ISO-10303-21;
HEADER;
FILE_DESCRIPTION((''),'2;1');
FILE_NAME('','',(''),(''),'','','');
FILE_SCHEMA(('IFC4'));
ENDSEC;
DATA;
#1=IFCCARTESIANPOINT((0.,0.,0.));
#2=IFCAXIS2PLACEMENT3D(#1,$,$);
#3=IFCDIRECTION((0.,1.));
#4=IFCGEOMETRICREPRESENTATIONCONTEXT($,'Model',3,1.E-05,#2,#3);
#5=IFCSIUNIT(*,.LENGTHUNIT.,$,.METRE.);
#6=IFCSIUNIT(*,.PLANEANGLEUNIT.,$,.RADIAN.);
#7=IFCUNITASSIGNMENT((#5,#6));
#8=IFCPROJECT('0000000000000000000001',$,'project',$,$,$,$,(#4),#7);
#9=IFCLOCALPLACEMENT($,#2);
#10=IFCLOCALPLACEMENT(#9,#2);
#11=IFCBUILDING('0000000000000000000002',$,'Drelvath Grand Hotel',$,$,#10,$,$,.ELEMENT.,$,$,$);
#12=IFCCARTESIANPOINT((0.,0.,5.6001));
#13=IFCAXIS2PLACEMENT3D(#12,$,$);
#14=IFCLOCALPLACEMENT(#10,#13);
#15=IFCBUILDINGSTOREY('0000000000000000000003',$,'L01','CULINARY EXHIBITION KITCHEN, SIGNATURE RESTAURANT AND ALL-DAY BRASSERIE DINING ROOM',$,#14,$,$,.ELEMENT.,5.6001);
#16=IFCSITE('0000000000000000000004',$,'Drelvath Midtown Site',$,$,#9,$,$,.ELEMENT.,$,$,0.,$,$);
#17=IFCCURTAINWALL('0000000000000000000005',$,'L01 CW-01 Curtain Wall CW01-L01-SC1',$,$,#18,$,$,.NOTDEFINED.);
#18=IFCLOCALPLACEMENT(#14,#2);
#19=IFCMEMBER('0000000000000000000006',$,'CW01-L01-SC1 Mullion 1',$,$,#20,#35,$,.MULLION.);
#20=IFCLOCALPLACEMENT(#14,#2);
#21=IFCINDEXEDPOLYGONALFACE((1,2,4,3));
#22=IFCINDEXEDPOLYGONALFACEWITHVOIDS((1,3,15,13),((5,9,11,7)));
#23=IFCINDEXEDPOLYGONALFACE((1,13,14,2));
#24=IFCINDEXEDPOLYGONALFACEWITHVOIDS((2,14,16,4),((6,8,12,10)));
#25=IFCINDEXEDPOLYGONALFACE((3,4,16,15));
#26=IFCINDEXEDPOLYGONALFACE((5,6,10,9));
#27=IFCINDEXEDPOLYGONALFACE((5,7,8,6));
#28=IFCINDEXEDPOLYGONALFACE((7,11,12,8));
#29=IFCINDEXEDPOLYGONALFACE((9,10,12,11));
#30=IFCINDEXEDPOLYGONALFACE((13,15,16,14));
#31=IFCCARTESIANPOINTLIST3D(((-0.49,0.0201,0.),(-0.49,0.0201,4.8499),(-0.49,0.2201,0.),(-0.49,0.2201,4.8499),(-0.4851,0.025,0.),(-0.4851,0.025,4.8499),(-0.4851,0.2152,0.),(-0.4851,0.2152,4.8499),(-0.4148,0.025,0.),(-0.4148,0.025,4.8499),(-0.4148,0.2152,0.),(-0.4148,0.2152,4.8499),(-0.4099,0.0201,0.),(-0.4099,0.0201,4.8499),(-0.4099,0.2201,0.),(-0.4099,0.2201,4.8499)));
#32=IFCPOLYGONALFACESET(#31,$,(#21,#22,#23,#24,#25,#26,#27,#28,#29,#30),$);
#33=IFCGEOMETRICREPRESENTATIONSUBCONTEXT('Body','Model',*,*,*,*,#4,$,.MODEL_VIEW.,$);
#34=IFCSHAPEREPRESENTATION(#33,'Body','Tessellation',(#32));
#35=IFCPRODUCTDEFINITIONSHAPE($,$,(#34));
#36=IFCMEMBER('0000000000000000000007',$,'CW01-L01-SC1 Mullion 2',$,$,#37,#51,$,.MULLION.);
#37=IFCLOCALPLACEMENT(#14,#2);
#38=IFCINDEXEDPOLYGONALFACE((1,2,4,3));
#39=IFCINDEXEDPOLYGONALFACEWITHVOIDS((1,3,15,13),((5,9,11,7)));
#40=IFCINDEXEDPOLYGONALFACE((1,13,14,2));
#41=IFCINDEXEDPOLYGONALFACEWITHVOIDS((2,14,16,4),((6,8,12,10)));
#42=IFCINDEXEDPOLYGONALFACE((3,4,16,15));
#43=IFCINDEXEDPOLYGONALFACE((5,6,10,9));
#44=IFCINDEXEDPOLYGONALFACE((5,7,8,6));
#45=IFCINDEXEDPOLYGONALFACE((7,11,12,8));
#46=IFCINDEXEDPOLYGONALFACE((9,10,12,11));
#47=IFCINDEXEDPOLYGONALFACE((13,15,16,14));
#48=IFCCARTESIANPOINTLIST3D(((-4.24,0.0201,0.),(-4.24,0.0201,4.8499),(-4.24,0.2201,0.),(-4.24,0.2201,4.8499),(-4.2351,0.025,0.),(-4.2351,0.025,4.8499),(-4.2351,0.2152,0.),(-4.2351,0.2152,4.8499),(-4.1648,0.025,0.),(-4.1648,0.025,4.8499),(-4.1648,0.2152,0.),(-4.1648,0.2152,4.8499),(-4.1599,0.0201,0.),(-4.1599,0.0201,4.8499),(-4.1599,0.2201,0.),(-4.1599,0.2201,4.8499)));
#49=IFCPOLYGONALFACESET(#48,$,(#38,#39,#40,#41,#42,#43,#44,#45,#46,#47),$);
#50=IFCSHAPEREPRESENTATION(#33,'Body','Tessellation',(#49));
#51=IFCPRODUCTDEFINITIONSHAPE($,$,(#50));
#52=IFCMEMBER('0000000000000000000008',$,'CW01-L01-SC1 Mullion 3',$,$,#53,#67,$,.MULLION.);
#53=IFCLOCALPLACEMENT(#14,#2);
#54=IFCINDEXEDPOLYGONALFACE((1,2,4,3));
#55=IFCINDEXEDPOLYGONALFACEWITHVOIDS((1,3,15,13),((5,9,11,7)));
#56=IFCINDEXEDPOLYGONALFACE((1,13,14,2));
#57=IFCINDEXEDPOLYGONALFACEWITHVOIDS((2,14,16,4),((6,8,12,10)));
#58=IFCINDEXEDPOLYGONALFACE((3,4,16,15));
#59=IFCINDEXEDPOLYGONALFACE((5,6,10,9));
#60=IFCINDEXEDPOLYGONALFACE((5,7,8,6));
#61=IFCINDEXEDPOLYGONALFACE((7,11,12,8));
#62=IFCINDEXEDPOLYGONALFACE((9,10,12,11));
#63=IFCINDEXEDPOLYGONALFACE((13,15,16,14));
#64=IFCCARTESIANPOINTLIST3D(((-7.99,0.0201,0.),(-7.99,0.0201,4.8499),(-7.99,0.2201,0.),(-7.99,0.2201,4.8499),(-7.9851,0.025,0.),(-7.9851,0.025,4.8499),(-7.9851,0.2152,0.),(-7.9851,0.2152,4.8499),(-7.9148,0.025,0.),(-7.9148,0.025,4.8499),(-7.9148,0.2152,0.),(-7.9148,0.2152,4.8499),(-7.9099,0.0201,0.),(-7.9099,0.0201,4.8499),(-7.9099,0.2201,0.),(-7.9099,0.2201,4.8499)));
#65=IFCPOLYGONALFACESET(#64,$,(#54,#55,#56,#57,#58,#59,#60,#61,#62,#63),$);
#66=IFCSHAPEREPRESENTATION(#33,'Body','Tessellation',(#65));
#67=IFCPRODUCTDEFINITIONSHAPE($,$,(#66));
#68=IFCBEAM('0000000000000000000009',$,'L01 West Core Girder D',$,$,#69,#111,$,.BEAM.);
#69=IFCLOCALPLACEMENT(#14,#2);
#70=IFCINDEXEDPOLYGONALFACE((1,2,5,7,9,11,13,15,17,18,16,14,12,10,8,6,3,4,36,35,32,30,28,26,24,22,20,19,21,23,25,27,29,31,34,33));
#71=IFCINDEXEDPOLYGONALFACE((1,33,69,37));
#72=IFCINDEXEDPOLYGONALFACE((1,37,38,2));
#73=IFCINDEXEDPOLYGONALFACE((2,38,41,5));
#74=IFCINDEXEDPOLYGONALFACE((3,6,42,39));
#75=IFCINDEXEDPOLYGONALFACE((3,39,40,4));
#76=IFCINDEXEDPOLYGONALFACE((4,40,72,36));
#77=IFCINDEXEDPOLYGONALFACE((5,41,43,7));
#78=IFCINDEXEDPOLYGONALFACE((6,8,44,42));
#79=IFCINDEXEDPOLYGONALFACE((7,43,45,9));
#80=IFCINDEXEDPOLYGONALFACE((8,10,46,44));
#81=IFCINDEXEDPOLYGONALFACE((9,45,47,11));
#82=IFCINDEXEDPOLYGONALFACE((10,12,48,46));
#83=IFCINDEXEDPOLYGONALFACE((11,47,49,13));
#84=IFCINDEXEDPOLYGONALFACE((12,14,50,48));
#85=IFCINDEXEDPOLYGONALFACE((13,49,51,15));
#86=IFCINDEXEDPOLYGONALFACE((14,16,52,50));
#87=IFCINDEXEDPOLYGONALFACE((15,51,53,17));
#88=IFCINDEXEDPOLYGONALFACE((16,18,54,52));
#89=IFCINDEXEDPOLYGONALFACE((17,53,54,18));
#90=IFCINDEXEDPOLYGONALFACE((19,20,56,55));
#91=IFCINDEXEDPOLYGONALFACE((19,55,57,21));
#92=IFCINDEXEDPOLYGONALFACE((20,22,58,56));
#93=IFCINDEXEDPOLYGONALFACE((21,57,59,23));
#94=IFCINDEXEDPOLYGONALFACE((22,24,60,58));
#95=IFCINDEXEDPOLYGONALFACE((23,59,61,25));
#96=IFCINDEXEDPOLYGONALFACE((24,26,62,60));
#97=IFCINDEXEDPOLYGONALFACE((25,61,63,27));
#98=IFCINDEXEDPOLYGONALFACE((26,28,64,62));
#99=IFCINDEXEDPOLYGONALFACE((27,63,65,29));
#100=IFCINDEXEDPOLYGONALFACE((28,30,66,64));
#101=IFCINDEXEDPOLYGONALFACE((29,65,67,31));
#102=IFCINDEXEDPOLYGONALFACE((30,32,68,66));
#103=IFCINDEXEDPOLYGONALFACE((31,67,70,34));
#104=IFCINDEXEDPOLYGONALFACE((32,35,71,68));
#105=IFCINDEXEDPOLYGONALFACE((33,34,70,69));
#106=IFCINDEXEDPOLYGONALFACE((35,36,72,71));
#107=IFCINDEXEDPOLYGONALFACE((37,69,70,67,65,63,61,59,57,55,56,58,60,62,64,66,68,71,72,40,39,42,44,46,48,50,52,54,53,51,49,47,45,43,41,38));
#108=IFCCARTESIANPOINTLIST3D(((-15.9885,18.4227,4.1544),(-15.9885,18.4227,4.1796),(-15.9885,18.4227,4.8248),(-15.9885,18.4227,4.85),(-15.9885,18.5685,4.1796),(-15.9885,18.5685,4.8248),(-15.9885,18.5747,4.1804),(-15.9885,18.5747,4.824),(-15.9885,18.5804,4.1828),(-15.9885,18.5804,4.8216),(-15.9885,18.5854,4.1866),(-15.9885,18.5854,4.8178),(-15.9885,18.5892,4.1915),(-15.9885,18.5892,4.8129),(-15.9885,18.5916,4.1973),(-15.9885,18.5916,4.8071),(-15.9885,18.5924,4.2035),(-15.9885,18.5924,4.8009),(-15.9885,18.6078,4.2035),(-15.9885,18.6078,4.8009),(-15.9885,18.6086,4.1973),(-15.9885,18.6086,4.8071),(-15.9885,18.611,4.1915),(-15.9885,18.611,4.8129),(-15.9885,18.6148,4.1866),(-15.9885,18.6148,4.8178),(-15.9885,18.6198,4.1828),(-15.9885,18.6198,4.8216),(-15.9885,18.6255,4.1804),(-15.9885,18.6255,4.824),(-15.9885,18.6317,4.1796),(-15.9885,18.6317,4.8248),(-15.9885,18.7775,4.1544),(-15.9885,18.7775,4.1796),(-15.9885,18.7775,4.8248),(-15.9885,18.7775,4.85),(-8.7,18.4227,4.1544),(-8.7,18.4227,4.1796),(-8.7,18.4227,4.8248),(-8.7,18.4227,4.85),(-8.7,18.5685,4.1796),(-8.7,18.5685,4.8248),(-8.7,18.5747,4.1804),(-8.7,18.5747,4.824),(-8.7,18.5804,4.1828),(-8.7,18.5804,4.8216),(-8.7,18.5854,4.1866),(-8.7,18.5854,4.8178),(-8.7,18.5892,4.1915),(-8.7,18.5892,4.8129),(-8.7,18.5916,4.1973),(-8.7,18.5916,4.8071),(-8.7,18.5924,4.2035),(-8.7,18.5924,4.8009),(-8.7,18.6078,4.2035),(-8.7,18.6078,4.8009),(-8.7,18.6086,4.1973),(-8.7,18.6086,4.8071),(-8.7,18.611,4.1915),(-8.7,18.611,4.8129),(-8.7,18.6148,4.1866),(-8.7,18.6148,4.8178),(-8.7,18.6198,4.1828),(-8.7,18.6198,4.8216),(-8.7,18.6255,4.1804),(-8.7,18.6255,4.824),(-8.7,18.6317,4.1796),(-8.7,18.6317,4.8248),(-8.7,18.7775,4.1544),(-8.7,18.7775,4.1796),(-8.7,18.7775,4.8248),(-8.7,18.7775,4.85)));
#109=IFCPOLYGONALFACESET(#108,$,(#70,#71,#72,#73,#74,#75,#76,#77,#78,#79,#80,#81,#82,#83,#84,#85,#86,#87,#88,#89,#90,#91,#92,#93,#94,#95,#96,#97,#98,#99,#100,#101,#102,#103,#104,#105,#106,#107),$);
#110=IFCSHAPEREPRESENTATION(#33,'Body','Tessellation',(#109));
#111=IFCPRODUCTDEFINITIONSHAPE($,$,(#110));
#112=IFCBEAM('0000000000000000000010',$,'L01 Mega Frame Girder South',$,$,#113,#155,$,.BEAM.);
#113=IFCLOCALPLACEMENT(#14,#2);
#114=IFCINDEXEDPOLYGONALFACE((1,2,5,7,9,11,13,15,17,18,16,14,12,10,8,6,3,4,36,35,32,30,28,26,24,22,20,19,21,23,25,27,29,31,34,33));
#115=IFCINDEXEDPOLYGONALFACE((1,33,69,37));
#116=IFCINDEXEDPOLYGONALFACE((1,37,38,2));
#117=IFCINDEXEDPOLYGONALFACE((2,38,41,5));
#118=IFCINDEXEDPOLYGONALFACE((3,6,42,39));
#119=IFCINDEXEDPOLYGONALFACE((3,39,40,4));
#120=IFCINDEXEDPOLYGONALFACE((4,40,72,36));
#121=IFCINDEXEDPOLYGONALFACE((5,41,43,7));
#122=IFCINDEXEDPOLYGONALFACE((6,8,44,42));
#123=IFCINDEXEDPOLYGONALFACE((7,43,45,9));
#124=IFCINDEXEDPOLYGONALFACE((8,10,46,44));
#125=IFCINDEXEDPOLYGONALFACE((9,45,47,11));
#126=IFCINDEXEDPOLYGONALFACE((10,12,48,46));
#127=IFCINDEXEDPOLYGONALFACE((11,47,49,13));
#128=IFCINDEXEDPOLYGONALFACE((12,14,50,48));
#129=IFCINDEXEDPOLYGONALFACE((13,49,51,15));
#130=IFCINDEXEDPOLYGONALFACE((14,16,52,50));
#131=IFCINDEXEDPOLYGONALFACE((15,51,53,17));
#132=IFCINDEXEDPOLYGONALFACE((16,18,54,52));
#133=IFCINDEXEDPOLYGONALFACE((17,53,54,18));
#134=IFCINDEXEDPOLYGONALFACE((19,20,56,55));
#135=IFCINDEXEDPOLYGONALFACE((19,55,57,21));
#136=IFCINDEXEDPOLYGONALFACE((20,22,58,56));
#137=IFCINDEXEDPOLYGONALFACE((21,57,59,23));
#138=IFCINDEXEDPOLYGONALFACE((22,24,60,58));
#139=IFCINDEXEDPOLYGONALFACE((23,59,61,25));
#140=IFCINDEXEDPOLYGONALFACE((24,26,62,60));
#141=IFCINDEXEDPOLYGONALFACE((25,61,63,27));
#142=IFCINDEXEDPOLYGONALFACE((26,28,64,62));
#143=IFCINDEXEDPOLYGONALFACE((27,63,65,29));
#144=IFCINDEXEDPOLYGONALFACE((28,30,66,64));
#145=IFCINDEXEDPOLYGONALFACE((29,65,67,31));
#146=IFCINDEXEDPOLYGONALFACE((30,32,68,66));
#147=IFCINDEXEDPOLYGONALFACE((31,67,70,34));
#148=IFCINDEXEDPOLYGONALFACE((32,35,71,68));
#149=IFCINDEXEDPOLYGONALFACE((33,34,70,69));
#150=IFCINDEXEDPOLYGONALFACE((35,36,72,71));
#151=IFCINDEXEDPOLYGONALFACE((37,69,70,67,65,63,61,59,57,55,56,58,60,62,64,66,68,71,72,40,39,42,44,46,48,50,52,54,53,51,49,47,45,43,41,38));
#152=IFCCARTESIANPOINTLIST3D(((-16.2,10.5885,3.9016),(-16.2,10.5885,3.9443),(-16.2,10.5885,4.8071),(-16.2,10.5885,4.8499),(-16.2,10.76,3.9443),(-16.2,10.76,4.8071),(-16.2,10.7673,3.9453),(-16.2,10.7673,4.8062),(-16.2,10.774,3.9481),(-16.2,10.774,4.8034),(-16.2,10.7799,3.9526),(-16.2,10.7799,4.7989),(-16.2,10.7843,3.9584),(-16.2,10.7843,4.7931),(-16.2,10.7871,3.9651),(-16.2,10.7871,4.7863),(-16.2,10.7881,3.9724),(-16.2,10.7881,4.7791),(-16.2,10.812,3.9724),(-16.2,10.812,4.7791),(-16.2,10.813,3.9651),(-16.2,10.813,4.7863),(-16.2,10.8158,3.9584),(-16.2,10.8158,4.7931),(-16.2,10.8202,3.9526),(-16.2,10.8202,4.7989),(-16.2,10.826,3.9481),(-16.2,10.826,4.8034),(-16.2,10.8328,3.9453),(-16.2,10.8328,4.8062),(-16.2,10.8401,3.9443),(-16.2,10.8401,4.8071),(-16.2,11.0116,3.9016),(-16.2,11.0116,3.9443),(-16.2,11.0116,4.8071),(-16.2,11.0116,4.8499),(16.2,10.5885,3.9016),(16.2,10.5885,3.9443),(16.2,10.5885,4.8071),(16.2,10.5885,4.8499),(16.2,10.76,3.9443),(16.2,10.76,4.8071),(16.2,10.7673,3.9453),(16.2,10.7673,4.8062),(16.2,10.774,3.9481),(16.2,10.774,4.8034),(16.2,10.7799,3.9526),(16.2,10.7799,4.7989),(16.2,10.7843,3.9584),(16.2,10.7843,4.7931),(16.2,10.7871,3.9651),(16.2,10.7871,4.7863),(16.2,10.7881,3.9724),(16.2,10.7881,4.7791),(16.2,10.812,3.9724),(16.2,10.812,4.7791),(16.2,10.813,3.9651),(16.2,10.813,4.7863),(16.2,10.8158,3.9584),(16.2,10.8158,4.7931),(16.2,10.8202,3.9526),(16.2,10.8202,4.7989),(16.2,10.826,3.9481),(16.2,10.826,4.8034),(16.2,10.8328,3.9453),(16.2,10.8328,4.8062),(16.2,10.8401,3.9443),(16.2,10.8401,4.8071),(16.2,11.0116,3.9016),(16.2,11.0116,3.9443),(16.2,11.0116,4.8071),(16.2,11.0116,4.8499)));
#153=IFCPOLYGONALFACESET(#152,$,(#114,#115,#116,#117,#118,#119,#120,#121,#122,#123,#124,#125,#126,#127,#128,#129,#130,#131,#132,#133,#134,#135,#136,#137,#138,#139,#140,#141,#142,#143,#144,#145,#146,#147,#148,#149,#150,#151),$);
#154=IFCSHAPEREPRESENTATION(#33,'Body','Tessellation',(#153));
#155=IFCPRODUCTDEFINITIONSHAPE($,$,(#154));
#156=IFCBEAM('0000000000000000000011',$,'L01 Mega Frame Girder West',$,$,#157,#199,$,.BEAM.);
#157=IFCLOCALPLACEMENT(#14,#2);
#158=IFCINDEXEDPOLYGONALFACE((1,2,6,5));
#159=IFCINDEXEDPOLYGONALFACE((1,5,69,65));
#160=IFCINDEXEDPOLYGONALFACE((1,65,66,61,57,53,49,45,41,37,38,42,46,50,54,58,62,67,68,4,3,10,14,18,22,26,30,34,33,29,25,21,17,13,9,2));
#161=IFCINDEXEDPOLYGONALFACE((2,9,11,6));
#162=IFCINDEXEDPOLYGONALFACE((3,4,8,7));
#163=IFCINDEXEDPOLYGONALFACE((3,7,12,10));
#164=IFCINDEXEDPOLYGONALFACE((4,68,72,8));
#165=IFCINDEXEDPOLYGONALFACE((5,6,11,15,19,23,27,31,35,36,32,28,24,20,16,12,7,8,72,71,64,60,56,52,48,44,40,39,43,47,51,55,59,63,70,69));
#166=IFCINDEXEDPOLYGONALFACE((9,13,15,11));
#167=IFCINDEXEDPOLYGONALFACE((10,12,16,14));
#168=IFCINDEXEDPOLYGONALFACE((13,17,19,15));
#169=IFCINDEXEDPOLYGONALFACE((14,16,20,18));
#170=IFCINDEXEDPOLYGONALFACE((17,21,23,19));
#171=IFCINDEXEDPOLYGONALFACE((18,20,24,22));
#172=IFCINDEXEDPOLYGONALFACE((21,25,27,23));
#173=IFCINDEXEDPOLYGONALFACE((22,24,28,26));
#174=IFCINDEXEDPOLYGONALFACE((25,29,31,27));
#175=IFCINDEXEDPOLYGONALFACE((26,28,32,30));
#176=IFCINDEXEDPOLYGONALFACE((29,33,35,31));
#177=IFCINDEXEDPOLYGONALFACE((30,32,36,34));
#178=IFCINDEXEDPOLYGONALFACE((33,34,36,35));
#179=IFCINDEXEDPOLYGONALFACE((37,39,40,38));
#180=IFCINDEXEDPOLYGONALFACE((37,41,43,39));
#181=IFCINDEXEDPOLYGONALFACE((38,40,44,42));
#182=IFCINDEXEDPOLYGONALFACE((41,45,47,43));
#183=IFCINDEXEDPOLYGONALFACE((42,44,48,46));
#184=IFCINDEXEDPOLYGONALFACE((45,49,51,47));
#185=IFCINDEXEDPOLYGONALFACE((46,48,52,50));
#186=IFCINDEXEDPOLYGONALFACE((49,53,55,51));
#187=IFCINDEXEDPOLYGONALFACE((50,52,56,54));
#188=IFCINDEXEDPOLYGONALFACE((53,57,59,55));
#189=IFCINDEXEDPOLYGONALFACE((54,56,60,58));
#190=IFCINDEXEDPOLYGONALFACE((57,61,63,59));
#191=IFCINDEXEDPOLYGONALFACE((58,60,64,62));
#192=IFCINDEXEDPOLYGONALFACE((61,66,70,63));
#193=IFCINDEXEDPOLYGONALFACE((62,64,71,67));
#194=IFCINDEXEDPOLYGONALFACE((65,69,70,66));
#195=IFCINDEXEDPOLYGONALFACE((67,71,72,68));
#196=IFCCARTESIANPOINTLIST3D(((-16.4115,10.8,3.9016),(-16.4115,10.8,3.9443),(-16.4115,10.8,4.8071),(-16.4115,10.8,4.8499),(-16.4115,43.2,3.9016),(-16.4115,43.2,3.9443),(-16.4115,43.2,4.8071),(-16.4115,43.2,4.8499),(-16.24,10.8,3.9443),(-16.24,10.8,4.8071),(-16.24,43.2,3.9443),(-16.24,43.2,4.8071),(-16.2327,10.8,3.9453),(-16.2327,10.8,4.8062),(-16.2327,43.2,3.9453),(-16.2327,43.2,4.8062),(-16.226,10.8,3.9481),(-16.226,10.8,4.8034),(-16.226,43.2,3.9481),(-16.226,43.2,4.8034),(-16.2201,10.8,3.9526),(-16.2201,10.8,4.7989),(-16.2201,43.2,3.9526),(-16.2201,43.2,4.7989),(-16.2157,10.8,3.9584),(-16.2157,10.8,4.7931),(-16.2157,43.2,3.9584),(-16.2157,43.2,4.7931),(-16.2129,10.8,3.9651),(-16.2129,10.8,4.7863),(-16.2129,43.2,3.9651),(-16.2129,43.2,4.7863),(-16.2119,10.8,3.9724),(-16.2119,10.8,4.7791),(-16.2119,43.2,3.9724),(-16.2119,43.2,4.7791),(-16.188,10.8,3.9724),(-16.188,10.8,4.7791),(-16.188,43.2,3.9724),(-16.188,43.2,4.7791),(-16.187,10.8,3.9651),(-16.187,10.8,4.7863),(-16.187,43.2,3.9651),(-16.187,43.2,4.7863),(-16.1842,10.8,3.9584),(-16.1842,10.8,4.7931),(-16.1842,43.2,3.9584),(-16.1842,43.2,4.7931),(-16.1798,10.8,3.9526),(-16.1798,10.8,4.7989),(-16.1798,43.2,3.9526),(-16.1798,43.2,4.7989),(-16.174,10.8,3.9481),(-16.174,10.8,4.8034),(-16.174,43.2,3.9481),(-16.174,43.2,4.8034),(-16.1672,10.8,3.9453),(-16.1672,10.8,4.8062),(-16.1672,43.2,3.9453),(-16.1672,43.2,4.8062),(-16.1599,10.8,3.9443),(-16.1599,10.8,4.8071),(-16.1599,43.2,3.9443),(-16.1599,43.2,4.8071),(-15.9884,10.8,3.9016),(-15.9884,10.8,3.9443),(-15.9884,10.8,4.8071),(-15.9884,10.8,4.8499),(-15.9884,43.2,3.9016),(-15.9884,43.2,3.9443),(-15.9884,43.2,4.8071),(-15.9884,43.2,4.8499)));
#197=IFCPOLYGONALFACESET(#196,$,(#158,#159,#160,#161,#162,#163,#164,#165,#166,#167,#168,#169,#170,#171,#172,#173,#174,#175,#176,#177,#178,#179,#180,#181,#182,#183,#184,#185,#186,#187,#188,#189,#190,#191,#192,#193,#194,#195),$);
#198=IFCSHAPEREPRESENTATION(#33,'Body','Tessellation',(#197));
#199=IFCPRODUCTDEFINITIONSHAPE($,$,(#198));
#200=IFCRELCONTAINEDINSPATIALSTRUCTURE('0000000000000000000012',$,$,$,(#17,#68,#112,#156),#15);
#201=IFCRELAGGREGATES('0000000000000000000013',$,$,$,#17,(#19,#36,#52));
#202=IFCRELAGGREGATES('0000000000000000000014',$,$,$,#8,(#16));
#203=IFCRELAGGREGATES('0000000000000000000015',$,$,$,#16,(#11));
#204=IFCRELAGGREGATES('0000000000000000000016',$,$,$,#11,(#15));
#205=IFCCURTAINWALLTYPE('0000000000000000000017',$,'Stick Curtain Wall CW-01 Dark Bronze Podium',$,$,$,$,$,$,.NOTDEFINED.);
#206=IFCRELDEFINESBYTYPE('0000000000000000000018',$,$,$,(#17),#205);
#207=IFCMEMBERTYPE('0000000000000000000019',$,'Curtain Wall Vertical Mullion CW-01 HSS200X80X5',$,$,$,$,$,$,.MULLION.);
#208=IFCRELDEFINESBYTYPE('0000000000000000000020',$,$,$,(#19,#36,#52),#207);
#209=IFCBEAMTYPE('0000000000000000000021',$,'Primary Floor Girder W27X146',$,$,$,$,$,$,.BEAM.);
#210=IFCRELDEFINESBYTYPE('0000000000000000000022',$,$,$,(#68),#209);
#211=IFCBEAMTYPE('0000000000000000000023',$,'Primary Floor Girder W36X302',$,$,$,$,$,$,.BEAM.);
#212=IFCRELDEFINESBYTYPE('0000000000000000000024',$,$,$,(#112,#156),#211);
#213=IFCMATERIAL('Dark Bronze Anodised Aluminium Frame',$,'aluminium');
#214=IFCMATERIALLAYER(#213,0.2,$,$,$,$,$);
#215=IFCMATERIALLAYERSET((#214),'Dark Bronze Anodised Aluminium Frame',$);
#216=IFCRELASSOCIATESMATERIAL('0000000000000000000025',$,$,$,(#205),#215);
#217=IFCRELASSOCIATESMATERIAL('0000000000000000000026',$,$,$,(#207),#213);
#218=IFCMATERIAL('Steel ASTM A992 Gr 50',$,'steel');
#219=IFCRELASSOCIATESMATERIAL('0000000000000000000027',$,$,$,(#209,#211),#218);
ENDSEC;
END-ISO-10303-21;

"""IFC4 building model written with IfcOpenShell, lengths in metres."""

from ifc_helpers import new_model, si_unit, direction, frame, origin, origin_2d, place, context, subcontext, project, spatial, hollow_rectangle, i_section, extrude, material, layer, layer_set, material_profile, profile_set, type_object, element, aggregate, save


model = new_model("IFC4")

# Units and contexts
model_context = context("Model", 3, precision=1e-05, world=origin(), true_north=direction((0.0, 1.0)))
body_context = subcontext(model_context, "Body", "Model", "MODEL_VIEW")
ifc_project = project(units=[si_unit("LENGTHUNIT", "METRE"), si_unit("PLANEANGLEUNIT", "RADIAN")], contexts=[model_context])

# Site, building, storey
site_placement = place(None, origin())
site = spatial("IfcSite", under=ifc_project, at=site_placement, Name="Drelvath Midtown Site", CompositionType="ELEMENT", RefElevation=0.0)
building_placement = place(site_placement, origin())
building = spatial("IfcBuilding", under=site, at=building_placement, Name="Drelvath Grand Hotel", CompositionType="ELEMENT")
storey_placement = place(building_placement, frame((0.0, 0.0, 5.6001)))
storey = spatial("IfcBuildingStorey", under=building, at=storey_placement, Name="L01", Description="CULINARY EXHIBITION KITCHEN, SIGNATURE RESTAURANT AND ALL-DAY BRASSERIE DINING ROOM", CompositionType="ELEMENT", Elevation=5.6001)

# Curtain wall, members
ifc_material_1 = material(Name="Dark Bronze Anodised Aluminium Frame", Category="aluminium")
ifc_layer_1 = layer(ifc_material_1, 0.2)
ifc_layer_set_1 = layer_set([ifc_layer_1], Name="Dark Bronze Anodised Aluminium Frame")
curtain_wall_type = type_object("IfcCurtainWallType", Name="Stick Curtain Wall CW-01 Dark Bronze Podium", PredefinedType="NOTDEFINED", material=ifc_layer_set_1)
curtain_wall_placement = place(storey_placement, origin())
curtain_wall = element("IfcCurtainWall", 1, at=curtain_wall_placement, inside=storey, type_object=curtain_wall_type, Name="L01 CW-01 Curtain Wall CW01-L01-SC1", PredefinedType="NOTDEFINED")
ifc_material_profile_1 = material_profile(ifc_material_1, hollow_rectangle(XDim=0.0801, YDim=0.2, WallThickness=0.0049, at=origin_2d()), Name="HSS200X80X5")
ifc_profile_set_1 = profile_set([ifc_material_profile_1], Name="Dark Bronze Anodised Aluminium Frame")
member_type_1 = type_object("IfcMemberType", Name="Curtain Wall Vertical Mullion CW-01 HSS200X80X5", PredefinedType="MULLION", material=ifc_profile_set_1)
member_1_placement = place(storey_placement, frame((-0.45, 0.1201, 0.0), z_axis=(0.0, 0.0, 1.0), x_axis=(1.0, 0.0, 0.0)))
member_1 = element("IfcMember", 2, at=member_1_placement, type_object=member_type_1, Name="CW01-L01-SC1 Mullion 1", PredefinedType="MULLION", context=body_context, shape_type="SweptSolid", body=[
    extrude(hollow_rectangle(XDim=0.0801, YDim=0.2, WallThickness=0.0049, at=origin_2d()), origin(), (0.0, 0.0, 1.0), 4.8499),
])
member_2_placement = place(storey_placement, frame((-4.2, 0.1201, 0.0), z_axis=(0.0, 0.0, 1.0), x_axis=(1.0, 0.0, 0.0)))
member_2 = element("IfcMember", 3, at=member_2_placement, type_object=member_type_1, Name="CW01-L01-SC1 Mullion 2", PredefinedType="MULLION", context=body_context, shape_type="SweptSolid", body=[
    extrude(hollow_rectangle(XDim=0.0801, YDim=0.2, WallThickness=0.0049, at=origin_2d()), origin(), (0.0, 0.0, 1.0), 4.8499),
])
member_3_placement = place(storey_placement, frame((-7.95, 0.1201, 0.0), z_axis=(0.0, 0.0, 1.0), x_axis=(1.0, 0.0, 0.0)))
member_3 = element("IfcMember", 4, at=member_3_placement, type_object=member_type_1, Name="CW01-L01-SC1 Mullion 3", PredefinedType="MULLION", context=body_context, shape_type="SweptSolid", body=[
    extrude(hollow_rectangle(XDim=0.0801, YDim=0.2, WallThickness=0.0049, at=origin_2d()), origin(), (0.0, 0.0, 1.0), 4.8499),
])

# Beams
ifc_material_2 = material(Name="Steel ASTM A992 Gr 50", Category="steel")
ifc_material_profile_2 = material_profile(ifc_material_2, i_section(OverallWidth=0.3547, OverallDepth=0.6956, WebThickness=0.0154, FlangeThickness=0.0251, FilletRadius=0.0239, at=origin_2d()), Name="W27X146")
ifc_profile_set_2 = profile_set([ifc_material_profile_2], Name="Steel ASTM A992 Gr 50")
beam_type_1 = type_object("IfcBeamType", Name="Primary Floor Girder W27X146", PredefinedType="BEAM", material=ifc_profile_set_2)
beam_placement = place(storey_placement, frame((-15.9885, 18.6001, 4.5022), z_axis=(1.0, 0.0, 0.0), x_axis=(0.0, 1.0, 0.0)))
element("IfcBeam", 5, at=beam_placement, inside=storey, type_object=beam_type_1, Name="L01 West Core Girder D", PredefinedType="BEAM", context=body_context, shape_type="SweptSolid", body=[
    extrude(i_section(OverallWidth=0.3547, OverallDepth=0.6956, WebThickness=0.0154, FlangeThickness=0.0251, FilletRadius=0.0239, at=origin_2d()), origin(), (0.0, 0.0, 1.0), 7.2886),
])
ifc_material_profile_3 = material_profile(ifc_material_2, i_section(OverallWidth=0.4231, OverallDepth=0.9482, WebThickness=0.0239, FlangeThickness=0.0427, FilletRadius=0.0281, at=origin_2d()), Name="W36X302")
ifc_profile_set_3 = profile_set([ifc_material_profile_3], Name="Steel ASTM A992 Gr 50")
beam_type_2 = type_object("IfcBeamType", Name="Primary Floor Girder W36X302", PredefinedType="BEAM", material=ifc_profile_set_3)
for number, where, z_axis, x_axis, name in (
    (6, (-16.2, 10.8, 4.3757), (1.0, 0.0, 0.0), (0.0, 1.0, 0.0), "L01 Mega Frame Girder South"),
    (7, (-16.2, 10.8, 4.3757), (0.0, 1.0, 0.0), (-1.0, 0.0, 0.0), "L01 Mega Frame Girder West"),
):
    element("IfcBeam", number, at=place(storey_placement, frame(where, z_axis=z_axis, x_axis=x_axis)), inside=storey, type_object=beam_type_2, Name=name, PredefinedType="BEAM", context=body_context, shape_type="SweptSolid", body=[
        extrude(i_section(OverallWidth=0.4231, OverallDepth=0.9482, WebThickness=0.0239, FlangeThickness=0.0427, FilletRadius=0.0281, at=origin_2d()), origin(), (0.0, 0.0, 1.0), 32.3999),
    ])

aggregate(curtain_wall, [member_1, member_2, member_3])

save(model, "model.ifc")
